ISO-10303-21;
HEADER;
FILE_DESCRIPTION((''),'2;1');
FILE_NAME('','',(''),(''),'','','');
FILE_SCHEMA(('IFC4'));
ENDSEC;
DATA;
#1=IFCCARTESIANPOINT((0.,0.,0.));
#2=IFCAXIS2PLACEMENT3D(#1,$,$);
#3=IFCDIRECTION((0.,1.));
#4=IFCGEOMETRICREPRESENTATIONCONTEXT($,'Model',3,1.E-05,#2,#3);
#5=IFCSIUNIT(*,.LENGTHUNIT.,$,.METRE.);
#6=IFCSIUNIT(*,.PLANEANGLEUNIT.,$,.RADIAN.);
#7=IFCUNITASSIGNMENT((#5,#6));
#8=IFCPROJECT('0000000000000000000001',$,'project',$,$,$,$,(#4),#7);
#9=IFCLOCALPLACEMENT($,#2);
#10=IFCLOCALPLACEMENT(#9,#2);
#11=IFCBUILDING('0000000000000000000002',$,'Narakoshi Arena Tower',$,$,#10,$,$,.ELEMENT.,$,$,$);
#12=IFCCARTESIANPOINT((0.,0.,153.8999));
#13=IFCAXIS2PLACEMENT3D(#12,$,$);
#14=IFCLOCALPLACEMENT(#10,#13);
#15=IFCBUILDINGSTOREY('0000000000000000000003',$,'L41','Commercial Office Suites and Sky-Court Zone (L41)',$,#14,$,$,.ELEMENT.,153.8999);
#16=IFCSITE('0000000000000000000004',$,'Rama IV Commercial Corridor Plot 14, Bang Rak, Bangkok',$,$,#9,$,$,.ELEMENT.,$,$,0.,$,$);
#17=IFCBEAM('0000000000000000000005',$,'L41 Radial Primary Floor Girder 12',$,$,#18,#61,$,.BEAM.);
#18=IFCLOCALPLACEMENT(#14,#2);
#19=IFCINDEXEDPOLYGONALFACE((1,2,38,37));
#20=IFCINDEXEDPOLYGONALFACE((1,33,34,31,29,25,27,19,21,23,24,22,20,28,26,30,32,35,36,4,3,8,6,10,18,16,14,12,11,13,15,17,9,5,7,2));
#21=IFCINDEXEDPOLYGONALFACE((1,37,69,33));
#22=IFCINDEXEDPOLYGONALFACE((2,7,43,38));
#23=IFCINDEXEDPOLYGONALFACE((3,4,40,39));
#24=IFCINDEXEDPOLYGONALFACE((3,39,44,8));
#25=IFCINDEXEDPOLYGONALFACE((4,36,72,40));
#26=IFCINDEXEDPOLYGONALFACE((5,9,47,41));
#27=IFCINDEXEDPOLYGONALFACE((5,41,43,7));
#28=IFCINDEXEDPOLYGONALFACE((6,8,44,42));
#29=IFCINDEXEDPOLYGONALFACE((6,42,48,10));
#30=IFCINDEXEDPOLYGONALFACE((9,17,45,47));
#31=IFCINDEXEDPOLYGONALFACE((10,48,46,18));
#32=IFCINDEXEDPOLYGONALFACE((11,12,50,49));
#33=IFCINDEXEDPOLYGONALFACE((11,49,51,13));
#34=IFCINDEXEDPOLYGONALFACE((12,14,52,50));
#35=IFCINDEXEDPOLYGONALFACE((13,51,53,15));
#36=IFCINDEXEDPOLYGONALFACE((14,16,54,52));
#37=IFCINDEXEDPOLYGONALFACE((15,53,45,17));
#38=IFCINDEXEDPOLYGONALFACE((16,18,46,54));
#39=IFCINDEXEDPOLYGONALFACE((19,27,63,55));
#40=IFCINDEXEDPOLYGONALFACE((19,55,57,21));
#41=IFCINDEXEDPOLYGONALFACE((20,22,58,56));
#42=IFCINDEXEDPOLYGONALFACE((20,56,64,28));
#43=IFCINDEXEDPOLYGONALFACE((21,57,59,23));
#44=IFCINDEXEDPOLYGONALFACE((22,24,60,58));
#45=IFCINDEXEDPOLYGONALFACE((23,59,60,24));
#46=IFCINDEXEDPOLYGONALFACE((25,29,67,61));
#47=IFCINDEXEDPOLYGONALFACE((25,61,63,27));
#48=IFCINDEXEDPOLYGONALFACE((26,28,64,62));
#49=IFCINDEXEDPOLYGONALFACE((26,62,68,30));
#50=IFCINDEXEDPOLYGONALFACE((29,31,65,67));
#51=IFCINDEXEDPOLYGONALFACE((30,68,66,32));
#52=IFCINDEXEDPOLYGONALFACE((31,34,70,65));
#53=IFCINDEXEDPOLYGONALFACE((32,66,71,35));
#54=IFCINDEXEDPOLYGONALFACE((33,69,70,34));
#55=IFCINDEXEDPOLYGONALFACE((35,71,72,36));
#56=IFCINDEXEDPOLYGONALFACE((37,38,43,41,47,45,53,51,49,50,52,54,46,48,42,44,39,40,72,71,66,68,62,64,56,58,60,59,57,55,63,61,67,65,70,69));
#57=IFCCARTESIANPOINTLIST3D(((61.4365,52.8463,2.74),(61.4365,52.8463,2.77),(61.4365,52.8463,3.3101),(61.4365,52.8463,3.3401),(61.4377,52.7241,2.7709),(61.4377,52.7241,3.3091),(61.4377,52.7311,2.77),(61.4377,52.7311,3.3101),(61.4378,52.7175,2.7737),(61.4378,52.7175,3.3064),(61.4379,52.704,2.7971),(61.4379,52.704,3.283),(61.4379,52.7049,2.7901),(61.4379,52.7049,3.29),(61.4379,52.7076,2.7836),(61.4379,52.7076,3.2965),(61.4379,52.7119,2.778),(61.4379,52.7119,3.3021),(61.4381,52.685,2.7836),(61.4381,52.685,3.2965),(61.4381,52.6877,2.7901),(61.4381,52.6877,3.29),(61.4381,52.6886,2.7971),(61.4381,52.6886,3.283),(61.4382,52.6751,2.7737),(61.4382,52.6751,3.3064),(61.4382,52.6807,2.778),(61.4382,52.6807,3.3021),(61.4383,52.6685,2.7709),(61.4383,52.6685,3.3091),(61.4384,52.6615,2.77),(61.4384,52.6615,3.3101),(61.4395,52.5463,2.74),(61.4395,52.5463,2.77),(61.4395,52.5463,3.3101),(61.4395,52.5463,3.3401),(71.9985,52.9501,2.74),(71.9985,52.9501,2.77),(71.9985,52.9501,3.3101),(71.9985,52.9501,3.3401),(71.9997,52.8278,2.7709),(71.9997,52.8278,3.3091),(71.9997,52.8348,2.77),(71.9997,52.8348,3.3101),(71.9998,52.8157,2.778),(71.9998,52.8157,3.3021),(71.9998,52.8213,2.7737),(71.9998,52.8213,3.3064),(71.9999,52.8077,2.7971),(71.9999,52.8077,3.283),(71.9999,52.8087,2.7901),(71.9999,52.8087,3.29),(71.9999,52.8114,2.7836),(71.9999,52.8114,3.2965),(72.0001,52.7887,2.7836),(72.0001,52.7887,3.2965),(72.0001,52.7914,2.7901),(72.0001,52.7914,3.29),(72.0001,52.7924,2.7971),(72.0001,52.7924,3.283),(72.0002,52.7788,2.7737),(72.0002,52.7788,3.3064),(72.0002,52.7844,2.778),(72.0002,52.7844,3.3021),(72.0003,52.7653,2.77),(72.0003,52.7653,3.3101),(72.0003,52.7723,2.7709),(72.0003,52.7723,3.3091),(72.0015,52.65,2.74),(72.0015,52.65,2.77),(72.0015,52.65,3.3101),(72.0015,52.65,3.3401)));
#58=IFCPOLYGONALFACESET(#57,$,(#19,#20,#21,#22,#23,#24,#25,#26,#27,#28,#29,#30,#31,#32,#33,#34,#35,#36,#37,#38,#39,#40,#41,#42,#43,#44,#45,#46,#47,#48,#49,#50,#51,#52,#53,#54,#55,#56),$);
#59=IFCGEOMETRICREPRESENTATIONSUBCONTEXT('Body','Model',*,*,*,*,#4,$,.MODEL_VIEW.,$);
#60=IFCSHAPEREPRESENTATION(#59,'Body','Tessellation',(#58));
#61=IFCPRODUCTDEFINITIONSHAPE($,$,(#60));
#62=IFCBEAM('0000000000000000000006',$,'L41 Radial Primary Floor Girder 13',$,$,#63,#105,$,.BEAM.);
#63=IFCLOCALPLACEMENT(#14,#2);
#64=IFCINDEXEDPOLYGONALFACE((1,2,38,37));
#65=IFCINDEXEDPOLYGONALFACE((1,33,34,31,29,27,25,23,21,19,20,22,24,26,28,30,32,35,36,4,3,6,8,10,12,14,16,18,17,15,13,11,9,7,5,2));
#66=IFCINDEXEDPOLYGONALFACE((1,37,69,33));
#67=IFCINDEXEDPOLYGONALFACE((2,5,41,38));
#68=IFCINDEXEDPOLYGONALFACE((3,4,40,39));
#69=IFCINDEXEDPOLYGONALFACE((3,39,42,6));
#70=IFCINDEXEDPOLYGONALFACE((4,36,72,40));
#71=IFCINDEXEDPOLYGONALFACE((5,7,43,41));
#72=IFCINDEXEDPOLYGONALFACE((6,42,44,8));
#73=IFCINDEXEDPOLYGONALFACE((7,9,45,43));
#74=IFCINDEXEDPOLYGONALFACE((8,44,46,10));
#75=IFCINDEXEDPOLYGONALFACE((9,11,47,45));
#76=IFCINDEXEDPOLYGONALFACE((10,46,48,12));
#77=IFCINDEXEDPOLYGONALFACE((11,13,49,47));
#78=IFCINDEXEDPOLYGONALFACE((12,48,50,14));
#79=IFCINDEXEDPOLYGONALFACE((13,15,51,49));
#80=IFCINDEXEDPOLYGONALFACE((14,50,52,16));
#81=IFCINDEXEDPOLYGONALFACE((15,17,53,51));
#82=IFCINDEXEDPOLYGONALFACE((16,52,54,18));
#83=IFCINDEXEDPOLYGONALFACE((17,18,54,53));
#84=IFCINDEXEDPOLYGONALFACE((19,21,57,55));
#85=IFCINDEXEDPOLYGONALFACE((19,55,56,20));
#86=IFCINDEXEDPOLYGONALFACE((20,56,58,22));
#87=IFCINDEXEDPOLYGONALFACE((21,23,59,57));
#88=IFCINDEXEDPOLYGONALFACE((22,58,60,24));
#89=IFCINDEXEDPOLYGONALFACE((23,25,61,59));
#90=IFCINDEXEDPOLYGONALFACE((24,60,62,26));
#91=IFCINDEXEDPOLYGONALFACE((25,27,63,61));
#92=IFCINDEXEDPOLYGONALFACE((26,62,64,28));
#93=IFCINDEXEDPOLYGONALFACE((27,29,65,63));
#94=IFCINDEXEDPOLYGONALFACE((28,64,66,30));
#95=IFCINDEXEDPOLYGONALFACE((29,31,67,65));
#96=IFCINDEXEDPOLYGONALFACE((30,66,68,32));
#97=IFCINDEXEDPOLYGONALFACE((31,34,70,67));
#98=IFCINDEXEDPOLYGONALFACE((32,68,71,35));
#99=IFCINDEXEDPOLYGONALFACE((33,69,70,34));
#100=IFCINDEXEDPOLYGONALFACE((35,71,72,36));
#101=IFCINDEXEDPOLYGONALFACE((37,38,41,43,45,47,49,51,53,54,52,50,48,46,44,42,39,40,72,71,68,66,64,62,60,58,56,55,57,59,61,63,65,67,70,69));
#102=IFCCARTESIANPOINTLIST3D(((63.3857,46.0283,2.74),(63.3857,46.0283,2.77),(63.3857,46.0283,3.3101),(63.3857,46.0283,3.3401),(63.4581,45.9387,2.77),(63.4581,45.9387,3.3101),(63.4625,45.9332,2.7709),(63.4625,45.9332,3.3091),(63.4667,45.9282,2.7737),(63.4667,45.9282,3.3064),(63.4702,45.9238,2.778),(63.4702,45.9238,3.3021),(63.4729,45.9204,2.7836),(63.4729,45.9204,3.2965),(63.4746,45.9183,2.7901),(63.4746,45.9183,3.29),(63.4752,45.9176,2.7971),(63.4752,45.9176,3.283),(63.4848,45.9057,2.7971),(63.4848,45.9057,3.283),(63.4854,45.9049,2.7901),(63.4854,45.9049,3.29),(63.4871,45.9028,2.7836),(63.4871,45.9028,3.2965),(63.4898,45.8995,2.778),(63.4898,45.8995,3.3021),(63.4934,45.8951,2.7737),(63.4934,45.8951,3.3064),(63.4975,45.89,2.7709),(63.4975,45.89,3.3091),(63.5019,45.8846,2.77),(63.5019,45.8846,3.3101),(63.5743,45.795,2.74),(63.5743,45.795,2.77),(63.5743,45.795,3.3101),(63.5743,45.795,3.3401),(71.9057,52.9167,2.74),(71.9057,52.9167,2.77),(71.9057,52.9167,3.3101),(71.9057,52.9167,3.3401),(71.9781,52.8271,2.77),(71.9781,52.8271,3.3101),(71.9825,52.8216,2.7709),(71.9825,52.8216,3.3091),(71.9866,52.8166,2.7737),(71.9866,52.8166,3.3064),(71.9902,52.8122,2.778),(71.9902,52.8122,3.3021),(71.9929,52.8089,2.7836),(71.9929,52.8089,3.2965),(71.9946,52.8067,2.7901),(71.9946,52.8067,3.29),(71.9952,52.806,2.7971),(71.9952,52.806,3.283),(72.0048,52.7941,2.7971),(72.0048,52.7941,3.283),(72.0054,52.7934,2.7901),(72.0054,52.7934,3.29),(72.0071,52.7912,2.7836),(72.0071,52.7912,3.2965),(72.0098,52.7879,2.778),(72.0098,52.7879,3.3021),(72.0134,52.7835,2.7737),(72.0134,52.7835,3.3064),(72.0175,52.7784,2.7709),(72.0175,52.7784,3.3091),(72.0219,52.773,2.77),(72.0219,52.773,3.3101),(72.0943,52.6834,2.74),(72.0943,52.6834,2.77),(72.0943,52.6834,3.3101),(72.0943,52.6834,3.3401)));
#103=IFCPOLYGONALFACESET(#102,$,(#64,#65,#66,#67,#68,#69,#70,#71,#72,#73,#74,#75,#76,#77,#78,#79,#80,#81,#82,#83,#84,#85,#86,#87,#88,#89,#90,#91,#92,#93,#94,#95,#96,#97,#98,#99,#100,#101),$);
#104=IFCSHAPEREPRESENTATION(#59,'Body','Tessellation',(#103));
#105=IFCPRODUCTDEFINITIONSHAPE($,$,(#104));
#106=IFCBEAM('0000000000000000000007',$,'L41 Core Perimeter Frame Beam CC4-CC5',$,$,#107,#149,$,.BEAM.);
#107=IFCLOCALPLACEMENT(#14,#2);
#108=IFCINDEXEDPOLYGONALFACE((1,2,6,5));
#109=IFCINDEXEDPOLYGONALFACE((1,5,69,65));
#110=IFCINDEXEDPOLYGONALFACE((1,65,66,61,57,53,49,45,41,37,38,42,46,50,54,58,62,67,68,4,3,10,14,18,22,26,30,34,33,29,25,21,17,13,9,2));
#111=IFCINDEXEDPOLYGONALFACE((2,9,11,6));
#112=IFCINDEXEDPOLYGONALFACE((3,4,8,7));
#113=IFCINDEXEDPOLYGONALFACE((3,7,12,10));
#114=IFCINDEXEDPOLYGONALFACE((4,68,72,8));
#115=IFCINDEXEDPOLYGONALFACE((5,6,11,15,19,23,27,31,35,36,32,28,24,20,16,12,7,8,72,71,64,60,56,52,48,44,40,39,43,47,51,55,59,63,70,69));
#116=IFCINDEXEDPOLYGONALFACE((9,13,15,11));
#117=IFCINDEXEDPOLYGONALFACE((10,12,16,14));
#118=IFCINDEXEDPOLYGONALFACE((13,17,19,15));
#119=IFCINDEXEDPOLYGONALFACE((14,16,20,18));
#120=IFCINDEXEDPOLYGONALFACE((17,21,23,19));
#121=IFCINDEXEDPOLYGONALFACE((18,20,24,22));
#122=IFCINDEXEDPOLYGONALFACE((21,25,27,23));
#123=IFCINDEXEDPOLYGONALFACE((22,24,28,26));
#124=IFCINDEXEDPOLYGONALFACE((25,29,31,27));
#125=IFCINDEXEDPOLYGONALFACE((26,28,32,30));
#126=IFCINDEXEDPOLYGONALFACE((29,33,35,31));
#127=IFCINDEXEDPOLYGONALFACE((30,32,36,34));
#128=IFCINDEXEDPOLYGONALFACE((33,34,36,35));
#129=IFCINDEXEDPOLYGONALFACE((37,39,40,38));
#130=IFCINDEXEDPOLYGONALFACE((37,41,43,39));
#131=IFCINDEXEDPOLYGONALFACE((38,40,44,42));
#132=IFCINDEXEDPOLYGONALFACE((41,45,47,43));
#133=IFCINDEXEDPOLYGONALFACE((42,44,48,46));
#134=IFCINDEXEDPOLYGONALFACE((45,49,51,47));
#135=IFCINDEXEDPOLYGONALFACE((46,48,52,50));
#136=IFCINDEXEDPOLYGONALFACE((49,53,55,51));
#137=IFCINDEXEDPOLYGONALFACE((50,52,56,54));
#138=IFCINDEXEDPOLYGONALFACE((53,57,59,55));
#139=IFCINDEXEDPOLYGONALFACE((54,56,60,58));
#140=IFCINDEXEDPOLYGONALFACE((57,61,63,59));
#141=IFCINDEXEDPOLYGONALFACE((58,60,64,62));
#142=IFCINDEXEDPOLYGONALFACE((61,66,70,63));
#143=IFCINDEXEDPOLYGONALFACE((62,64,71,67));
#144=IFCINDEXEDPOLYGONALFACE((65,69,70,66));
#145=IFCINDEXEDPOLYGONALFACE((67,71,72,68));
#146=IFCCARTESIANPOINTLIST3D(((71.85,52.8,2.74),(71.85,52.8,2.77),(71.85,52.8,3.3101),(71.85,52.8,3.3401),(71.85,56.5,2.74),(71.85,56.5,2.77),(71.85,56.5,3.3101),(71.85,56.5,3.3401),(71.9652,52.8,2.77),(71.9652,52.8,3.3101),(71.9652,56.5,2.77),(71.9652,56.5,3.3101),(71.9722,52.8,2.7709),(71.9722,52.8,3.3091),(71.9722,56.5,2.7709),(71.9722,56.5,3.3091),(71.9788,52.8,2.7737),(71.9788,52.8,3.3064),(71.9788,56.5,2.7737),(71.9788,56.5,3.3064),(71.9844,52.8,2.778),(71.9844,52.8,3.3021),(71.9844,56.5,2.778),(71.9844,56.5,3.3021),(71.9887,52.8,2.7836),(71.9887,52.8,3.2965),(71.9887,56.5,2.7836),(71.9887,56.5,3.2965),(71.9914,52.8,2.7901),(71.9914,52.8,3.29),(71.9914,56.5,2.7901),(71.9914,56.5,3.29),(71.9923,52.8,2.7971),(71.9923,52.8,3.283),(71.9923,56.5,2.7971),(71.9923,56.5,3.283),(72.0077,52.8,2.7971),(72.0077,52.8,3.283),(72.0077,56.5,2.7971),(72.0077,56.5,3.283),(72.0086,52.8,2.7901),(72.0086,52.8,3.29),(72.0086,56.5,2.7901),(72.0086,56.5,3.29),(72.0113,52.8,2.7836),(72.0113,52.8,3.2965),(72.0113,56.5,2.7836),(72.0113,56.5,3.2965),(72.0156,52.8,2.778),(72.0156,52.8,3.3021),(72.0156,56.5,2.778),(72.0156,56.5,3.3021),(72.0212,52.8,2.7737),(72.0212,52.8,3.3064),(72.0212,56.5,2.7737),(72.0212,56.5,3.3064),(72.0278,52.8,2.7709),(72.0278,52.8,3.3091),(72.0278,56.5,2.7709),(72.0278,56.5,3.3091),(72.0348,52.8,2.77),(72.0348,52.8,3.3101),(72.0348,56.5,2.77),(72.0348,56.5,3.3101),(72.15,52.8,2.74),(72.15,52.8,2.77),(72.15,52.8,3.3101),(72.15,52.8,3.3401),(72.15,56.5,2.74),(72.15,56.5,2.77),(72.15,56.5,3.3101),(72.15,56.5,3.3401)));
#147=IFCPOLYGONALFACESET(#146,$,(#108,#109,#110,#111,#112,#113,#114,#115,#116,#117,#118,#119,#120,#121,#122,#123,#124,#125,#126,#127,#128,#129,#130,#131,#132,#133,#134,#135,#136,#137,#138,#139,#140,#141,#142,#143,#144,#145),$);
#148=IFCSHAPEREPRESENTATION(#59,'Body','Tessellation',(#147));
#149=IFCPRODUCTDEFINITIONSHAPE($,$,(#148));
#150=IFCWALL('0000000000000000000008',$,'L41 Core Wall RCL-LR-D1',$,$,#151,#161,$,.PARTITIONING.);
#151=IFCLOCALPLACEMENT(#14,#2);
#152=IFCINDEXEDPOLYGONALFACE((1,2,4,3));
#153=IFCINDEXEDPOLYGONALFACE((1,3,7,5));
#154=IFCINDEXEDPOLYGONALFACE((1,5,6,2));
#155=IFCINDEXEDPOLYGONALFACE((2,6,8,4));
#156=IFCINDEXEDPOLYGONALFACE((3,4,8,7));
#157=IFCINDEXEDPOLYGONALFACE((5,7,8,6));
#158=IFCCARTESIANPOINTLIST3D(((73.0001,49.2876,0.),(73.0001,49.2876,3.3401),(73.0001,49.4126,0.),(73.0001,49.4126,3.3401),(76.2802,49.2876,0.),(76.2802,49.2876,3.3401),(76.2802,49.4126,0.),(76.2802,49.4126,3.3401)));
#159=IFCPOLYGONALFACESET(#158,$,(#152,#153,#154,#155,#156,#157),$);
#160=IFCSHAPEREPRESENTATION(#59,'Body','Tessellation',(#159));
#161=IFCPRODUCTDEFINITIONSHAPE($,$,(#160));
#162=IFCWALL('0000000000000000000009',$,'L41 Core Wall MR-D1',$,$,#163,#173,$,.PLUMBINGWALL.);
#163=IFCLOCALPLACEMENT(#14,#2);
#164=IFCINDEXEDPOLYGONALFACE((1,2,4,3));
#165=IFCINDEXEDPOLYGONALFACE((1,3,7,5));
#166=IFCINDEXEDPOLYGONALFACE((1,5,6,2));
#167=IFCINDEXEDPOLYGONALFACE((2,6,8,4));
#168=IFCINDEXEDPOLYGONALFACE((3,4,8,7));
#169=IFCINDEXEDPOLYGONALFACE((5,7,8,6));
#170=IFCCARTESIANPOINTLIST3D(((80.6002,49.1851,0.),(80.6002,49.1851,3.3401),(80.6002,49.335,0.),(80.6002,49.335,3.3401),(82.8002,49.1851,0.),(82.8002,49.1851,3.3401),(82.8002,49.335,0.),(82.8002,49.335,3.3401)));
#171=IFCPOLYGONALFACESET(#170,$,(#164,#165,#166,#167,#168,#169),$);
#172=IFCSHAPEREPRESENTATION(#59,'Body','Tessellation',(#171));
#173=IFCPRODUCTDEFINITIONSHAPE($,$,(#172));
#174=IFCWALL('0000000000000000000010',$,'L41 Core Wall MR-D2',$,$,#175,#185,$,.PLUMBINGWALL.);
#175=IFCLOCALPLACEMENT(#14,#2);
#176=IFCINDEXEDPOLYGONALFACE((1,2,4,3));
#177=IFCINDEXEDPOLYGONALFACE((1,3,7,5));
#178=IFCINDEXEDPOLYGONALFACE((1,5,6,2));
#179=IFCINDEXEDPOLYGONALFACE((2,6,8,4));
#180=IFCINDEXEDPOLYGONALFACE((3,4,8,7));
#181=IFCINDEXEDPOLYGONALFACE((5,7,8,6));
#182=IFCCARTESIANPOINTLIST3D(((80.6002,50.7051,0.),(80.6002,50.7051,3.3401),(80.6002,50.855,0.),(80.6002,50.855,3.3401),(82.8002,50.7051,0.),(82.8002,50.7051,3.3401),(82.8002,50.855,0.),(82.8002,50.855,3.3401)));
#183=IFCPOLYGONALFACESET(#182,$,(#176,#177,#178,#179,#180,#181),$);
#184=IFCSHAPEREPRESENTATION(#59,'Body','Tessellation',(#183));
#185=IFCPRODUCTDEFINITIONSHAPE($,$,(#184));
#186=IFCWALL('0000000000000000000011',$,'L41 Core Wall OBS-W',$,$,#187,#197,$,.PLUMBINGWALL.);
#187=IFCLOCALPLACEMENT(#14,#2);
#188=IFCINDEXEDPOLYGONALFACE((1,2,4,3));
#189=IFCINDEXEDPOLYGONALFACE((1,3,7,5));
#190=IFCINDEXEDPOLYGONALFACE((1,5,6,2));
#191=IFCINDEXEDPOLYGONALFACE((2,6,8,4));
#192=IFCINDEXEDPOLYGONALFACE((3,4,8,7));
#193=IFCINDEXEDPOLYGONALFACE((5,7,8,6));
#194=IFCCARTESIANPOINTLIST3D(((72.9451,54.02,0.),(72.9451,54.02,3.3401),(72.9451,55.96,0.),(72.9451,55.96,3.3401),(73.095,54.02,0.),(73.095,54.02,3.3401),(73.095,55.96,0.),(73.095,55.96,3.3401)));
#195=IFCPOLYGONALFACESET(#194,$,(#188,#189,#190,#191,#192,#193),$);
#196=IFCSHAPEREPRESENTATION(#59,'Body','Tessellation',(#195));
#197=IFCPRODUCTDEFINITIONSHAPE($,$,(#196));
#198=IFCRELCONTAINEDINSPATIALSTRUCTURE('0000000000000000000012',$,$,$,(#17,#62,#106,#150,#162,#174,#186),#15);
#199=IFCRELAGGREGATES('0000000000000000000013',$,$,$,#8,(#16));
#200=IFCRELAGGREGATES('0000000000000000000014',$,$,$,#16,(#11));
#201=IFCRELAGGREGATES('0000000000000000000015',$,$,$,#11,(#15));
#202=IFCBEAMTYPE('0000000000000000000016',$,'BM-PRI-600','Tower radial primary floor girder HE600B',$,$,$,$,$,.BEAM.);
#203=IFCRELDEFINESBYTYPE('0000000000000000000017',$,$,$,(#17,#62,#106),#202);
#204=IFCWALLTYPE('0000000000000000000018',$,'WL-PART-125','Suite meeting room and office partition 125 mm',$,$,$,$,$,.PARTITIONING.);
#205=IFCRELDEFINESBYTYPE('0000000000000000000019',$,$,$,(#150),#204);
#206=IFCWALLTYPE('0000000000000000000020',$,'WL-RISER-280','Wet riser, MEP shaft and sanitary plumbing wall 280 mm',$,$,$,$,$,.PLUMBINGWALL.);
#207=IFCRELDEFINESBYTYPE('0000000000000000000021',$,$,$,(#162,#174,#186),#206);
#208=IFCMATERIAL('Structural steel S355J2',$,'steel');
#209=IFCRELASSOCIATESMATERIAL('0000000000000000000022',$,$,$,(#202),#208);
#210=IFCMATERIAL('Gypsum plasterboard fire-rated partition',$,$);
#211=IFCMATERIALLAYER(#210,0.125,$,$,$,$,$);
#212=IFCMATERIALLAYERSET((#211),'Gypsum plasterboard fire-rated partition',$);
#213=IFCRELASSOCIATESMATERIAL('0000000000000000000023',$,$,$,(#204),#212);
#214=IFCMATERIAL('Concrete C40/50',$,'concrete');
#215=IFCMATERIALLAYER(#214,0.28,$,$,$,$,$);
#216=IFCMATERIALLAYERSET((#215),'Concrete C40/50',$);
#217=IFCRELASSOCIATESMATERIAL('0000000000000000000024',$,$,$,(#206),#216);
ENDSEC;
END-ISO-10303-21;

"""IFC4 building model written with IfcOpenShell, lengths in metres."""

from ifc_helpers import new_model, si_unit, direction, frame, frame_2d, origin, origin_2d, place, context, subcontext, project, spatial, rectangle, i_section, extrude, material, layer, layer_set, material_profile, profile_set, type_object, element, save


model = new_model("IFC4")

# Units and contexts
model_context = context("Model", 3, precision=1e-05, world=origin(), true_north=direction((0.0, 1.0)))
body_context = subcontext(model_context, "Body", "Model", "MODEL_VIEW")
ifc_project = project(units=[si_unit("LENGTHUNIT", "METRE"), si_unit("PLANEANGLEUNIT", "RADIAN")], contexts=[model_context])

# Site, building, storey
site_placement = place(None, origin())
site = spatial("IfcSite", under=ifc_project, at=site_placement, Name="Rama IV Commercial Corridor Plot 14, Bang Rak, Bangkok", CompositionType="ELEMENT", RefElevation=0.0)
building_placement = place(site_placement, origin())
building = spatial("IfcBuilding", under=site, at=building_placement, Name="Narakoshi Arena Tower", CompositionType="ELEMENT")
storey_placement = place(building_placement, frame((0.0, 0.0, 153.8999)))
storey = spatial("IfcBuildingStorey", under=building, at=storey_placement, Name="L41", Description="Commercial Office Suites and Sky-Court Zone (L41)", CompositionType="ELEMENT", Elevation=153.8999)

# Beams
ifc_material_1 = material(Name="Structural steel S355J2", Category="steel")
ifc_material_profile = material_profile(ifc_material_1, i_section(OverallWidth=0.3, OverallDepth=0.6001, WebThickness=0.0154, FlangeThickness=0.03, FilletRadius=0.0271, at=origin_2d()), Name="HE600B")
ifc_profile_set = profile_set([ifc_material_profile], Name="Structural steel S355J2")
beam_type = type_object("IfcBeamType", Name="BM-PRI-600", Description="Tower radial primary floor girder HE600B", PredefinedType="BEAM", material=ifc_profile_set)
beam_1_placement = place(storey_placement, frame((72.0, 52.8, 3.04), z_axis=(-0.999952, -0.009823, 0.0), x_axis=(0.009823, -0.999952, 0.0)))
element("IfcBeam", 1, at=beam_1_placement, inside=storey, type_object=beam_type, Name="L41 Radial Primary Floor Girder 12", PredefinedType="BEAM", context=body_context, shape_type="SweptSolid", body=[
    extrude(i_section(OverallWidth=0.3, OverallDepth=0.6001, WebThickness=0.0154, FlangeThickness=0.03, FilletRadius=0.0271, at=origin_2d()), origin(), (0.0, 0.0, 1.0), 10.5625),
])
beam_2_placement = place(storey_placement, frame((72.0, 52.8, 3.04), z_axis=(-0.777634, -0.628717, 0.0), x_axis=(0.628717, -0.777634, 0.0)))
element("IfcBeam", 2, at=beam_2_placement, inside=storey, type_object=beam_type, Name="L41 Radial Primary Floor Girder 13", PredefinedType="BEAM", context=body_context, shape_type="SweptSolid", body=[
    extrude(i_section(OverallWidth=0.3, OverallDepth=0.6001, WebThickness=0.0154, FlangeThickness=0.03, FilletRadius=0.0271, at=origin_2d()), origin(), (0.0, 0.0, 1.0), 10.9563),
])
beam_3_placement = place(storey_placement, frame((72.0, 52.8, 3.04), z_axis=(0.0, 1.0, 0.0), x_axis=(-1.0, 0.0, 0.0)))
element("IfcBeam", 3, at=beam_3_placement, inside=storey, type_object=beam_type, Name="L41 Core Perimeter Frame Beam CC4-CC5", PredefinedType="BEAM", context=body_context, shape_type="SweptSolid", body=[
    extrude(i_section(OverallWidth=0.3, OverallDepth=0.6001, WebThickness=0.0154, FlangeThickness=0.03, FilletRadius=0.0271, at=origin_2d()), origin(), (0.0, 0.0, 1.0), 3.7),
])

# Walls
ifc_material_2 = material(Name="Gypsum plasterboard fire-rated partition")
ifc_layer_1 = layer(ifc_material_2, 0.125)
ifc_layer_set_1 = layer_set([ifc_layer_1], Name="Gypsum plasterboard fire-rated partition")
wall_type_1 = type_object("IfcWallType", Name="WL-PART-125", Description="Suite meeting room and office partition 125 mm", PredefinedType="PARTITIONING", material=ifc_layer_set_1)
wall_1_placement = place(storey_placement, frame((73.0, 49.3501, 0.0), z_axis=(0.0, 0.0, 1.0), x_axis=(1.0, 0.0, 0.0)))
element("IfcWall", 4, at=wall_1_placement, inside=storey, type_object=wall_type_1, Name="L41 Core Wall RCL-LR-D1", PredefinedType="PARTITIONING", context=body_context, shape_type="SweptSolid", body=[
    extrude(rectangle(XDim=3.28, YDim=0.125, at=frame_2d((1.6401, 0.0))), origin(), (0.0, 0.0, 1.0), 3.3401),
])
ifc_material_3 = material(Name="Concrete C40/50", Category="concrete")
ifc_layer_2 = layer(ifc_material_3, 0.28)
ifc_layer_set_2 = layer_set([ifc_layer_2], Name="Concrete C40/50")
wall_type_2 = type_object("IfcWallType", Name="WL-RISER-280", Description="Wet riser, MEP shaft and sanitary plumbing wall 280 mm", PredefinedType="PLUMBINGWALL", material=ifc_layer_set_2)
for number, where, z_axis, x_axis, name in (
    (5, (80.6001, 49.26, 0.0), (0.0, 0.0, 1.0), (1.0, 0.0, 0.0), "L41 Core Wall MR-D1"),
    (6, (80.6001, 50.78, 0.0), (0.0, 0.0, 1.0), (1.0, 0.0, 0.0), "L41 Core Wall MR-D2"),
):
    element("IfcWall", number, at=place(storey_placement, frame(where, z_axis=z_axis, x_axis=x_axis)), inside=storey, type_object=wall_type_2, Name=name, PredefinedType="PLUMBINGWALL", context=body_context, shape_type="SweptSolid", body=[
        extrude(rectangle(XDim=2.2, YDim=0.1499, at=frame_2d((1.1001, 0.0))), origin(), (0.0, 0.0, 1.0), 3.3401),
    ])
for number, where, z_axis, x_axis, name in (
    (7, (73.02, 54.02, 0.0), (0.0, 0.0, 1.0), (0.0, 1.0, 0.0), "L41 Core Wall OBS-W"),
):
    element("IfcWall", number, at=place(storey_placement, frame(where, z_axis=z_axis, x_axis=x_axis)), inside=storey, type_object=wall_type_2, Name=name, PredefinedType="PLUMBINGWALL", context=body_context, shape_type="SweptSolid", body=[
        extrude(rectangle(XDim=1.9399, YDim=0.1499, at=frame_2d((0.97, 0.0))), origin(), (0.0, 0.0, 1.0), 3.3401),
    ])

save(model, "model.ifc")
